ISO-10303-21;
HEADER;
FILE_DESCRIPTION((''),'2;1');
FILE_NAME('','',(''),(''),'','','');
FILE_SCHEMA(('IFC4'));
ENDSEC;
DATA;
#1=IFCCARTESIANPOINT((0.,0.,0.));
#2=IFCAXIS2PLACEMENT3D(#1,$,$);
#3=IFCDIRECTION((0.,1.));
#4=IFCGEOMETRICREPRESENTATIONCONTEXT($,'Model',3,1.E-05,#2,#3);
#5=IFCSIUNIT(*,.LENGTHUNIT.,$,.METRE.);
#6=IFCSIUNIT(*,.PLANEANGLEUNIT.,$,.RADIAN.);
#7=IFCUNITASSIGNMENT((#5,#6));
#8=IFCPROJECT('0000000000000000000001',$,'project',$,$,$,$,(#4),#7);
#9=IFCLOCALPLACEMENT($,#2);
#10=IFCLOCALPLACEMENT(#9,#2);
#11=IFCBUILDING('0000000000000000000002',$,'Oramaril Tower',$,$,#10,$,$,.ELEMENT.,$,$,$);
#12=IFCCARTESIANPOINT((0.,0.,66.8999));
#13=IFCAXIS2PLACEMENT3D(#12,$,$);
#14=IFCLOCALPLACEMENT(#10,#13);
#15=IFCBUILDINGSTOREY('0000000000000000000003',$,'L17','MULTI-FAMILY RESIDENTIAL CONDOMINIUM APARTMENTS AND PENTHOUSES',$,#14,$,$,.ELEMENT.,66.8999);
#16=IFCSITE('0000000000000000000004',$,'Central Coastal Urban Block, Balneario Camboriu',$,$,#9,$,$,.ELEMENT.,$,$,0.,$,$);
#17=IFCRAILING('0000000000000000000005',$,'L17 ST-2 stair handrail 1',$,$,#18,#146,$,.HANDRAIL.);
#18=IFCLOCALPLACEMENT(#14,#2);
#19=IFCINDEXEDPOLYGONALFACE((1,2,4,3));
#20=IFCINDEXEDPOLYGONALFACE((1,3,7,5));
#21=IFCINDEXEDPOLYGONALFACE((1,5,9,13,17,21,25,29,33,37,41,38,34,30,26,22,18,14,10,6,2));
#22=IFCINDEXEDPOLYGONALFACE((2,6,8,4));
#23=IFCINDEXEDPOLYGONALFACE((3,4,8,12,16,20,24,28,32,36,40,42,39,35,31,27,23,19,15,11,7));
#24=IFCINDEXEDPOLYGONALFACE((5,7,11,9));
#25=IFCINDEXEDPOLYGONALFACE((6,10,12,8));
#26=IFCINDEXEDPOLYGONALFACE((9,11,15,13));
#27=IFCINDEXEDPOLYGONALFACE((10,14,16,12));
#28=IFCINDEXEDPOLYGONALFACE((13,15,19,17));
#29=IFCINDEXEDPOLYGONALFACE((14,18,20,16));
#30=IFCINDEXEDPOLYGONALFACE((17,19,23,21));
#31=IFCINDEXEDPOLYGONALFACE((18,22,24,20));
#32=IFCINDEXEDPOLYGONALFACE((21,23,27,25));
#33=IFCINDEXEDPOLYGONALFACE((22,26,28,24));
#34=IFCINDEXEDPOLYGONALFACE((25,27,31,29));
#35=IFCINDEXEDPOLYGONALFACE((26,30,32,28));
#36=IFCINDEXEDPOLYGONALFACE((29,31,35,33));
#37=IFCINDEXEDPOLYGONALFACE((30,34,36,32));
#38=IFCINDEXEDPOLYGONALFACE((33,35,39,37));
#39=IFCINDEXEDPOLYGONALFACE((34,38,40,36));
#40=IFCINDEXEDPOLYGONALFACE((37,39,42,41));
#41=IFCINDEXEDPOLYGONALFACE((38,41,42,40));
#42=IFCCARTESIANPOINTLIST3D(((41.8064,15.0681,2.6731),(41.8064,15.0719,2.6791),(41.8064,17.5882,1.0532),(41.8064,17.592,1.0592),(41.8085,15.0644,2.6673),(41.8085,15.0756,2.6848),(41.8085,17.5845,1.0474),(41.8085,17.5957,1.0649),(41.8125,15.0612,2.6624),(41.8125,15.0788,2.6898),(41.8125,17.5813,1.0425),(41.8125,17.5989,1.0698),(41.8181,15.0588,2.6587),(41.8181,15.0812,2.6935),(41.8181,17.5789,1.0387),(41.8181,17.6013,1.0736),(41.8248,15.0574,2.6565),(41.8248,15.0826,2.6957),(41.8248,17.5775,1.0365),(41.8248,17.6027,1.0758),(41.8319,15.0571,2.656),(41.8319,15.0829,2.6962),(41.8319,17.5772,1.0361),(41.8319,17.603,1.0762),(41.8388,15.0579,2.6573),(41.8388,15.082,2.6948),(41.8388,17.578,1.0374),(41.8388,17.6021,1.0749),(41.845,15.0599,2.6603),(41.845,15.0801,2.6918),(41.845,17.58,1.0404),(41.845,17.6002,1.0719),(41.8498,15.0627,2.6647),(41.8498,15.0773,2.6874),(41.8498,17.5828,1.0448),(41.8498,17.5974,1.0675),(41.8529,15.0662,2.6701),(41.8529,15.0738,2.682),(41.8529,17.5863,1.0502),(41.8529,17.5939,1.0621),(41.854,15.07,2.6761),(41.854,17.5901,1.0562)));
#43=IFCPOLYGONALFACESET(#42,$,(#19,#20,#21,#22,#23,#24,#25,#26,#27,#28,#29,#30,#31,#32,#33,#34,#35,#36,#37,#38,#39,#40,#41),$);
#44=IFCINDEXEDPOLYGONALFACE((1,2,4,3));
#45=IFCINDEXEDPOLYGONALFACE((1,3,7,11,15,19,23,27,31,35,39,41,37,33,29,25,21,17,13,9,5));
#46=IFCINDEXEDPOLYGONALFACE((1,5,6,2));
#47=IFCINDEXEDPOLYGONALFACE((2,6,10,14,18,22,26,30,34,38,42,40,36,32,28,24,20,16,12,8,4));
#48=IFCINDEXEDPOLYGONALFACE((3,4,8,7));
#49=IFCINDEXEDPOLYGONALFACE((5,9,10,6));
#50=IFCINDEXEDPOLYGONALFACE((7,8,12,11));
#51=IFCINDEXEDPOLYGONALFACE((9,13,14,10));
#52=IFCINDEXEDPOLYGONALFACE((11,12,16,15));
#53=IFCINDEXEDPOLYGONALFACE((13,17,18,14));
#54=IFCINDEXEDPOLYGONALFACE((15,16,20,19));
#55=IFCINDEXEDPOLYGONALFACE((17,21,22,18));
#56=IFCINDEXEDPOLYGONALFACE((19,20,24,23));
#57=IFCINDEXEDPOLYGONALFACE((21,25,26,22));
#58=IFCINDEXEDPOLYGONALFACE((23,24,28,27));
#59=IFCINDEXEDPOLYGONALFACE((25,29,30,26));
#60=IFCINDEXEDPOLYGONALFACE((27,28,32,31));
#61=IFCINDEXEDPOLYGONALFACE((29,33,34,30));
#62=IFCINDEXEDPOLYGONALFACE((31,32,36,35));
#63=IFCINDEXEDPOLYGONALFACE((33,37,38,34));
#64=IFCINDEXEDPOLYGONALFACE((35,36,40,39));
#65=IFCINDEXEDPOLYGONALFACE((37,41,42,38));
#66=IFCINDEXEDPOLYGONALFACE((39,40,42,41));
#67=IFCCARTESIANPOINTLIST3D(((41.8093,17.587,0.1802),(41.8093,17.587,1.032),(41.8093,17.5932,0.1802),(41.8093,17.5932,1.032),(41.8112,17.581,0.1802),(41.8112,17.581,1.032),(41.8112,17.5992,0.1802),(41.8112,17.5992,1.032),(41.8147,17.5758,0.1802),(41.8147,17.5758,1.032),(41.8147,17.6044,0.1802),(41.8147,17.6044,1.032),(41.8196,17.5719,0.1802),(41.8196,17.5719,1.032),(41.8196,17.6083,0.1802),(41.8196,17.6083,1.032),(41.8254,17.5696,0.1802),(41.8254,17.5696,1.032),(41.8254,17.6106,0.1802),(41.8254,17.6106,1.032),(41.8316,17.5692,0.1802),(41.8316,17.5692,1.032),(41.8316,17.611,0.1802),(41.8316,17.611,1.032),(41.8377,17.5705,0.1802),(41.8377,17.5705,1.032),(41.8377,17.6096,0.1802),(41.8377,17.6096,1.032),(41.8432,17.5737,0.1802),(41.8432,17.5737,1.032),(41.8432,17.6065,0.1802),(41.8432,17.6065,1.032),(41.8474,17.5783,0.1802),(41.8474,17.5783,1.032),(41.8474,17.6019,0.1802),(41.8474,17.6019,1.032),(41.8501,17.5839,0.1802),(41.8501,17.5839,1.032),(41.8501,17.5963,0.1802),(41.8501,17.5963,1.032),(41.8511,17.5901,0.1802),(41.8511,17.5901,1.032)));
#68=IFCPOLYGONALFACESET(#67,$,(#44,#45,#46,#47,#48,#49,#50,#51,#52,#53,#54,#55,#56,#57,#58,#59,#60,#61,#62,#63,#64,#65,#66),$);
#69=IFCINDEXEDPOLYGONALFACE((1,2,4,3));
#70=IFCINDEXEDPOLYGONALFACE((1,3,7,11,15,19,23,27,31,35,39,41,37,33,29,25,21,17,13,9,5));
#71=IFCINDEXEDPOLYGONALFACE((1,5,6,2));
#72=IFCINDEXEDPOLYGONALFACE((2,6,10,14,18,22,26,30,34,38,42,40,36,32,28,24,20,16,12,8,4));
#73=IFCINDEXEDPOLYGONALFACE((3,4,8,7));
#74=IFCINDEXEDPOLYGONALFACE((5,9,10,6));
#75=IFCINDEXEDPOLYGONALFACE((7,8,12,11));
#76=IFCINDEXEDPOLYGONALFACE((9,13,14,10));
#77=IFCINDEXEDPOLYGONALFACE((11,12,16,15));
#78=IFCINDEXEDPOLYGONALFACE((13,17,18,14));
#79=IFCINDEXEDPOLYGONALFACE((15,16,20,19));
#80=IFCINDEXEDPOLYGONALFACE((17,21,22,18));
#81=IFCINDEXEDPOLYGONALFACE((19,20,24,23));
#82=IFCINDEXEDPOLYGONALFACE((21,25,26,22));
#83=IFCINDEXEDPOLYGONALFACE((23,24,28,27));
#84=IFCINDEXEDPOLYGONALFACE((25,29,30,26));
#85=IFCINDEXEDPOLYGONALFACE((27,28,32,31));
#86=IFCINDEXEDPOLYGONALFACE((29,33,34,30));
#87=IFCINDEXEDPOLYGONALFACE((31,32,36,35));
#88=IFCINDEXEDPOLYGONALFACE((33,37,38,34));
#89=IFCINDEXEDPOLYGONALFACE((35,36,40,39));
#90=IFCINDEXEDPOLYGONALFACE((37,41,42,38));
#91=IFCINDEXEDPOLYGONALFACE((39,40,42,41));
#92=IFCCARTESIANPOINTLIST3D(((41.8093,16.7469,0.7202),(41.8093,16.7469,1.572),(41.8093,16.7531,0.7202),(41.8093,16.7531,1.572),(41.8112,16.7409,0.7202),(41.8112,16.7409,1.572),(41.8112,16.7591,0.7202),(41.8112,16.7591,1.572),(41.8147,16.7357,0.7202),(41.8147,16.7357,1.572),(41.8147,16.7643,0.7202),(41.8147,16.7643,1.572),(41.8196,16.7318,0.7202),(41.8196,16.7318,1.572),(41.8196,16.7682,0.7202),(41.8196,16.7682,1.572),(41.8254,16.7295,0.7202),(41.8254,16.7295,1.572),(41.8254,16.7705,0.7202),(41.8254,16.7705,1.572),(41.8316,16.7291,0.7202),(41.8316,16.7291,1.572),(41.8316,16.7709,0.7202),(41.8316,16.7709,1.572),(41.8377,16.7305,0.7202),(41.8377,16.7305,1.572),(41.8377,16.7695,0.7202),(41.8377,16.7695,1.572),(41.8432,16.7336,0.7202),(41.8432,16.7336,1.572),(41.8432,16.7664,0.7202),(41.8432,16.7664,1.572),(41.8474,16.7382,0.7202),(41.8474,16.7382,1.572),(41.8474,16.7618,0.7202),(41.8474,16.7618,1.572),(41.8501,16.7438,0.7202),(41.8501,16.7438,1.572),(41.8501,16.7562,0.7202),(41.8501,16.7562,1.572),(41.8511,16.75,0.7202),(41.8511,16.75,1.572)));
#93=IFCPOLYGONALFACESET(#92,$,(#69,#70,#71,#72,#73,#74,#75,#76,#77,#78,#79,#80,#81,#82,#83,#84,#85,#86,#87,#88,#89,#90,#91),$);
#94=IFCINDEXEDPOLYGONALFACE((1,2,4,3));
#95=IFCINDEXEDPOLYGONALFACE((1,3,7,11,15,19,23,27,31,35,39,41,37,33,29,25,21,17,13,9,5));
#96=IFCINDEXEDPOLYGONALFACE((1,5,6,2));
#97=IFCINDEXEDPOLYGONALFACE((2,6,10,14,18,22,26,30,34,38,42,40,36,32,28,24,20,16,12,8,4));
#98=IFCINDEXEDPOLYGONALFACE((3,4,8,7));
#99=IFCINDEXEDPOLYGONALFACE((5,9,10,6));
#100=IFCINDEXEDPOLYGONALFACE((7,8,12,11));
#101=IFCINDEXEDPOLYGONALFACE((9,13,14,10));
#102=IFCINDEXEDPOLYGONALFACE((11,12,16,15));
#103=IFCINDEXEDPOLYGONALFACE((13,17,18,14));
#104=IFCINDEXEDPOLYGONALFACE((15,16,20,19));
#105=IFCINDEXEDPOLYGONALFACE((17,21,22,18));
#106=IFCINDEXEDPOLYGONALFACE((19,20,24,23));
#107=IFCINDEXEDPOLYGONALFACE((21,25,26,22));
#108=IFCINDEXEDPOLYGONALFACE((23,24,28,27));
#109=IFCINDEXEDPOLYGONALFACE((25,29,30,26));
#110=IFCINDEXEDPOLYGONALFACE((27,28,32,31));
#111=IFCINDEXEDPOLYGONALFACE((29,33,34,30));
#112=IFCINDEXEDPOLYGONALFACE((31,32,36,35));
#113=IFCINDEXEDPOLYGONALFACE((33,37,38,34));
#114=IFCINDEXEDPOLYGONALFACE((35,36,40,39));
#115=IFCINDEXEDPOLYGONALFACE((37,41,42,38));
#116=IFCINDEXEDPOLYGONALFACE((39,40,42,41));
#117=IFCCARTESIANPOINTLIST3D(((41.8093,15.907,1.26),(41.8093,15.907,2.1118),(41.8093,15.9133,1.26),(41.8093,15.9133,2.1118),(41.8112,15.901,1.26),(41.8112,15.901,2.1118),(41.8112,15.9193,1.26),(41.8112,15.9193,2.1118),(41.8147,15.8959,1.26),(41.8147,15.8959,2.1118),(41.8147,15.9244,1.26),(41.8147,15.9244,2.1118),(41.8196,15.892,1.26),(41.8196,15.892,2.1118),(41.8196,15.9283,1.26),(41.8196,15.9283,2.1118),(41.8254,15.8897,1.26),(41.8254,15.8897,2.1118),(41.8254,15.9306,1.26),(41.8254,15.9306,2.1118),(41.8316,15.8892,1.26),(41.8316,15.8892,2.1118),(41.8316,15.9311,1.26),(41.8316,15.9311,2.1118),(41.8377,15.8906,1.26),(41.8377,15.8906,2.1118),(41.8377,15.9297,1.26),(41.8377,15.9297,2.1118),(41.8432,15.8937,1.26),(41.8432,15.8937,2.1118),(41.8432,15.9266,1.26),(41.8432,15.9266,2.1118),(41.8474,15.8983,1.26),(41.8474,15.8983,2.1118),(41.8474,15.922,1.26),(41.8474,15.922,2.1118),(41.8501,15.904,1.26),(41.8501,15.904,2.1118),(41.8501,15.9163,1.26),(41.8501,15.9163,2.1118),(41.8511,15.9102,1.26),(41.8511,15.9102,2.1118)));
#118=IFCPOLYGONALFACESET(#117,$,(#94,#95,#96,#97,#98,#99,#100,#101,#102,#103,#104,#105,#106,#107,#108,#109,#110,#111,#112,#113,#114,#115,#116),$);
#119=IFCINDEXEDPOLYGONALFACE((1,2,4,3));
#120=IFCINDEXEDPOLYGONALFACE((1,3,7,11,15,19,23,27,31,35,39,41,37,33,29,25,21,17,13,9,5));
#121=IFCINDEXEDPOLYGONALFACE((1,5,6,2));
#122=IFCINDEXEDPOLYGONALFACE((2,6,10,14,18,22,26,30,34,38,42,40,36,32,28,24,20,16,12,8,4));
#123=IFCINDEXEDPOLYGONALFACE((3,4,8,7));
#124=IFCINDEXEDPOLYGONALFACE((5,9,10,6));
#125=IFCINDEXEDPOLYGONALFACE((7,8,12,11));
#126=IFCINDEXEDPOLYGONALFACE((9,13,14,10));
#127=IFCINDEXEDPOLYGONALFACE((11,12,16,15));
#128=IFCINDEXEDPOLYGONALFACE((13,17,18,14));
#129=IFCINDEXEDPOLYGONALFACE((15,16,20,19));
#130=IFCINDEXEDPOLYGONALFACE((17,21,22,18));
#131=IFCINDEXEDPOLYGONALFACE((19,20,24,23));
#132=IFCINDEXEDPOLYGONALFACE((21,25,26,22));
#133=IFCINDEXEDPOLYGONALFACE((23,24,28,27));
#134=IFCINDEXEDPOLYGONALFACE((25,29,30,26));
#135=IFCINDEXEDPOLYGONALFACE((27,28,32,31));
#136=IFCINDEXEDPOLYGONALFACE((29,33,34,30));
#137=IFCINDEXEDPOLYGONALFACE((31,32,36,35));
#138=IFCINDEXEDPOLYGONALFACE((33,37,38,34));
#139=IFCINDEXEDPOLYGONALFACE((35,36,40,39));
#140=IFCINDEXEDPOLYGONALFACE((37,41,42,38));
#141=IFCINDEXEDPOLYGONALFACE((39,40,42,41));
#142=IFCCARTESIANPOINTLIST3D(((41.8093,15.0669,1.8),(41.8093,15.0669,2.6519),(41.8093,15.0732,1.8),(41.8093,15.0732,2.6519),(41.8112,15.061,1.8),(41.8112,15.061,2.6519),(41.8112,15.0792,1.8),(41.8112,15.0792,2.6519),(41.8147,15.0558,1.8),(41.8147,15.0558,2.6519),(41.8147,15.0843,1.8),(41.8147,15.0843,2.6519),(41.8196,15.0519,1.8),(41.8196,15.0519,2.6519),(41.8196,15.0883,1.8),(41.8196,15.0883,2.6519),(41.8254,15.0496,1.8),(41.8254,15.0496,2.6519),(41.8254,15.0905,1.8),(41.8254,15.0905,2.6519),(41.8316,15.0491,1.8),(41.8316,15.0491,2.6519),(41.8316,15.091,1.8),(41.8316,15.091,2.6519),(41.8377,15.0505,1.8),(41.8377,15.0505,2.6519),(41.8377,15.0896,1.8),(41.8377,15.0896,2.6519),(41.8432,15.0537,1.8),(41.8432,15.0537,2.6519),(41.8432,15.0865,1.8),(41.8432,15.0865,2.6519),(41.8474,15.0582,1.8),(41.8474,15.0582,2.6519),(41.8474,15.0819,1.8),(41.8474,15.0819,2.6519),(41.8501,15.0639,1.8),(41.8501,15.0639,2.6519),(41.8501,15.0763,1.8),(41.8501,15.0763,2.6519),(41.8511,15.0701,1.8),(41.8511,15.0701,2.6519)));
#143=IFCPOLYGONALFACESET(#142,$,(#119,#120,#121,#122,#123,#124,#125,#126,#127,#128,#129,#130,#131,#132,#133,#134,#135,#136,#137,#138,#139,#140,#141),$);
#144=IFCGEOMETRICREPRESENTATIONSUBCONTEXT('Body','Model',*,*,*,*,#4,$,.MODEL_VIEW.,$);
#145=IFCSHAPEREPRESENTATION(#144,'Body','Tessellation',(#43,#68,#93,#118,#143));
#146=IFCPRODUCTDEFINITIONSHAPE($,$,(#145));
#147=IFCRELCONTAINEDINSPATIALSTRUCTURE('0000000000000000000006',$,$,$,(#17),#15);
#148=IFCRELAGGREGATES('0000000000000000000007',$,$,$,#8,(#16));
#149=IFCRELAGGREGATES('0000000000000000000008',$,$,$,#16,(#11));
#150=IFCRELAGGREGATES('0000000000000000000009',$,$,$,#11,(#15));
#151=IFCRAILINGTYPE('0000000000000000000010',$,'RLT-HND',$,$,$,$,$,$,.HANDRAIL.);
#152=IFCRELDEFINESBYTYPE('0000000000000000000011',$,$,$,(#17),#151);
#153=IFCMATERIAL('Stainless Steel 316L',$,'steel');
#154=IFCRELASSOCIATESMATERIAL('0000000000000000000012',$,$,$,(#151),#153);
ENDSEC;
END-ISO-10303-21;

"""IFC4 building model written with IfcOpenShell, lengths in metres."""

from ifc_helpers import new_model, si_unit, direction, frame, origin, origin_2d, place, context, subcontext, project, spatial, circle, extrude, material, type_object, element, save


model = new_model("IFC4")

# Units and contexts
model_context = context("Model", 3, precision=1e-05, world=origin(), true_north=direction((0.0, 1.0)))
body_context = subcontext(model_context, "Body", "Model", "MODEL_VIEW")
ifc_project = project(units=[si_unit("LENGTHUNIT", "METRE"), si_unit("PLANEANGLEUNIT", "RADIAN")], contexts=[model_context])

# Site, building, storey
site_placement = place(None, origin())
site = spatial("IfcSite", under=ifc_project, at=site_placement, Name="Central Coastal Urban Block, Balneario Camboriu", CompositionType="ELEMENT", RefElevation=0.0)
building_placement = place(site_placement, origin())
building = spatial("IfcBuilding", under=site, at=building_placement, Name="Oramaril Tower", CompositionType="ELEMENT")
storey_placement = place(building_placement, frame((0.0, 0.0, 66.8999)))
storey = spatial("IfcBuildingStorey", under=building, at=storey_placement, Name="L17", Description="MULTI-FAMILY RESIDENTIAL CONDOMINIUM APARTMENTS AND PENTHOUSES", CompositionType="ELEMENT", Elevation=66.8999)

# Railing
ifc_material_1 = material(Name="Stainless Steel 316L", Category="steel")
railing_type_1 = type_object("IfcRailingType", Name="RLT-HND", PredefinedType="HANDRAIL", material=ifc_material_1)
railing_1_placement = place(storey_placement, frame((41.8301, 17.5901, 0.1802)))
element("IfcRailing", 1, at=railing_1_placement, inside=storey, type_object=railing_type_1, Name="L17 ST-2 stair handrail 1", PredefinedType="HANDRAIL", context=body_context, shape_type="SweptSolid", body=[
    extrude(circle(Radius=0.0239, at=origin_2d()), frame((0.0, 0.0, 0.876), z_axis=(0.0, -0.8412, 0.540725), x_axis=(1.0, 0.0, 0.0)), (0.0, 0.0, 1.0), 2.9958),
    extrude(circle(Radius=0.021, at=origin_2d()), origin(), (0.0, 0.0, 1.0), 0.8518),
    extrude(circle(Radius=0.021, at=origin_2d()), frame((0.0, -0.8401, 0.54)), (0.0, 0.0, 1.0), 0.8518),
    extrude(circle(Radius=0.021, at=origin_2d()), frame((0.0, -1.6799, 1.0798)), (0.0, 0.0, 1.0), 0.8518),
    extrude(circle(Radius=0.021, at=origin_2d()), frame((0.0, -2.52, 1.6199)), (0.0, 0.0, 1.0), 0.8518),
])

save(model, "model.ifc")
